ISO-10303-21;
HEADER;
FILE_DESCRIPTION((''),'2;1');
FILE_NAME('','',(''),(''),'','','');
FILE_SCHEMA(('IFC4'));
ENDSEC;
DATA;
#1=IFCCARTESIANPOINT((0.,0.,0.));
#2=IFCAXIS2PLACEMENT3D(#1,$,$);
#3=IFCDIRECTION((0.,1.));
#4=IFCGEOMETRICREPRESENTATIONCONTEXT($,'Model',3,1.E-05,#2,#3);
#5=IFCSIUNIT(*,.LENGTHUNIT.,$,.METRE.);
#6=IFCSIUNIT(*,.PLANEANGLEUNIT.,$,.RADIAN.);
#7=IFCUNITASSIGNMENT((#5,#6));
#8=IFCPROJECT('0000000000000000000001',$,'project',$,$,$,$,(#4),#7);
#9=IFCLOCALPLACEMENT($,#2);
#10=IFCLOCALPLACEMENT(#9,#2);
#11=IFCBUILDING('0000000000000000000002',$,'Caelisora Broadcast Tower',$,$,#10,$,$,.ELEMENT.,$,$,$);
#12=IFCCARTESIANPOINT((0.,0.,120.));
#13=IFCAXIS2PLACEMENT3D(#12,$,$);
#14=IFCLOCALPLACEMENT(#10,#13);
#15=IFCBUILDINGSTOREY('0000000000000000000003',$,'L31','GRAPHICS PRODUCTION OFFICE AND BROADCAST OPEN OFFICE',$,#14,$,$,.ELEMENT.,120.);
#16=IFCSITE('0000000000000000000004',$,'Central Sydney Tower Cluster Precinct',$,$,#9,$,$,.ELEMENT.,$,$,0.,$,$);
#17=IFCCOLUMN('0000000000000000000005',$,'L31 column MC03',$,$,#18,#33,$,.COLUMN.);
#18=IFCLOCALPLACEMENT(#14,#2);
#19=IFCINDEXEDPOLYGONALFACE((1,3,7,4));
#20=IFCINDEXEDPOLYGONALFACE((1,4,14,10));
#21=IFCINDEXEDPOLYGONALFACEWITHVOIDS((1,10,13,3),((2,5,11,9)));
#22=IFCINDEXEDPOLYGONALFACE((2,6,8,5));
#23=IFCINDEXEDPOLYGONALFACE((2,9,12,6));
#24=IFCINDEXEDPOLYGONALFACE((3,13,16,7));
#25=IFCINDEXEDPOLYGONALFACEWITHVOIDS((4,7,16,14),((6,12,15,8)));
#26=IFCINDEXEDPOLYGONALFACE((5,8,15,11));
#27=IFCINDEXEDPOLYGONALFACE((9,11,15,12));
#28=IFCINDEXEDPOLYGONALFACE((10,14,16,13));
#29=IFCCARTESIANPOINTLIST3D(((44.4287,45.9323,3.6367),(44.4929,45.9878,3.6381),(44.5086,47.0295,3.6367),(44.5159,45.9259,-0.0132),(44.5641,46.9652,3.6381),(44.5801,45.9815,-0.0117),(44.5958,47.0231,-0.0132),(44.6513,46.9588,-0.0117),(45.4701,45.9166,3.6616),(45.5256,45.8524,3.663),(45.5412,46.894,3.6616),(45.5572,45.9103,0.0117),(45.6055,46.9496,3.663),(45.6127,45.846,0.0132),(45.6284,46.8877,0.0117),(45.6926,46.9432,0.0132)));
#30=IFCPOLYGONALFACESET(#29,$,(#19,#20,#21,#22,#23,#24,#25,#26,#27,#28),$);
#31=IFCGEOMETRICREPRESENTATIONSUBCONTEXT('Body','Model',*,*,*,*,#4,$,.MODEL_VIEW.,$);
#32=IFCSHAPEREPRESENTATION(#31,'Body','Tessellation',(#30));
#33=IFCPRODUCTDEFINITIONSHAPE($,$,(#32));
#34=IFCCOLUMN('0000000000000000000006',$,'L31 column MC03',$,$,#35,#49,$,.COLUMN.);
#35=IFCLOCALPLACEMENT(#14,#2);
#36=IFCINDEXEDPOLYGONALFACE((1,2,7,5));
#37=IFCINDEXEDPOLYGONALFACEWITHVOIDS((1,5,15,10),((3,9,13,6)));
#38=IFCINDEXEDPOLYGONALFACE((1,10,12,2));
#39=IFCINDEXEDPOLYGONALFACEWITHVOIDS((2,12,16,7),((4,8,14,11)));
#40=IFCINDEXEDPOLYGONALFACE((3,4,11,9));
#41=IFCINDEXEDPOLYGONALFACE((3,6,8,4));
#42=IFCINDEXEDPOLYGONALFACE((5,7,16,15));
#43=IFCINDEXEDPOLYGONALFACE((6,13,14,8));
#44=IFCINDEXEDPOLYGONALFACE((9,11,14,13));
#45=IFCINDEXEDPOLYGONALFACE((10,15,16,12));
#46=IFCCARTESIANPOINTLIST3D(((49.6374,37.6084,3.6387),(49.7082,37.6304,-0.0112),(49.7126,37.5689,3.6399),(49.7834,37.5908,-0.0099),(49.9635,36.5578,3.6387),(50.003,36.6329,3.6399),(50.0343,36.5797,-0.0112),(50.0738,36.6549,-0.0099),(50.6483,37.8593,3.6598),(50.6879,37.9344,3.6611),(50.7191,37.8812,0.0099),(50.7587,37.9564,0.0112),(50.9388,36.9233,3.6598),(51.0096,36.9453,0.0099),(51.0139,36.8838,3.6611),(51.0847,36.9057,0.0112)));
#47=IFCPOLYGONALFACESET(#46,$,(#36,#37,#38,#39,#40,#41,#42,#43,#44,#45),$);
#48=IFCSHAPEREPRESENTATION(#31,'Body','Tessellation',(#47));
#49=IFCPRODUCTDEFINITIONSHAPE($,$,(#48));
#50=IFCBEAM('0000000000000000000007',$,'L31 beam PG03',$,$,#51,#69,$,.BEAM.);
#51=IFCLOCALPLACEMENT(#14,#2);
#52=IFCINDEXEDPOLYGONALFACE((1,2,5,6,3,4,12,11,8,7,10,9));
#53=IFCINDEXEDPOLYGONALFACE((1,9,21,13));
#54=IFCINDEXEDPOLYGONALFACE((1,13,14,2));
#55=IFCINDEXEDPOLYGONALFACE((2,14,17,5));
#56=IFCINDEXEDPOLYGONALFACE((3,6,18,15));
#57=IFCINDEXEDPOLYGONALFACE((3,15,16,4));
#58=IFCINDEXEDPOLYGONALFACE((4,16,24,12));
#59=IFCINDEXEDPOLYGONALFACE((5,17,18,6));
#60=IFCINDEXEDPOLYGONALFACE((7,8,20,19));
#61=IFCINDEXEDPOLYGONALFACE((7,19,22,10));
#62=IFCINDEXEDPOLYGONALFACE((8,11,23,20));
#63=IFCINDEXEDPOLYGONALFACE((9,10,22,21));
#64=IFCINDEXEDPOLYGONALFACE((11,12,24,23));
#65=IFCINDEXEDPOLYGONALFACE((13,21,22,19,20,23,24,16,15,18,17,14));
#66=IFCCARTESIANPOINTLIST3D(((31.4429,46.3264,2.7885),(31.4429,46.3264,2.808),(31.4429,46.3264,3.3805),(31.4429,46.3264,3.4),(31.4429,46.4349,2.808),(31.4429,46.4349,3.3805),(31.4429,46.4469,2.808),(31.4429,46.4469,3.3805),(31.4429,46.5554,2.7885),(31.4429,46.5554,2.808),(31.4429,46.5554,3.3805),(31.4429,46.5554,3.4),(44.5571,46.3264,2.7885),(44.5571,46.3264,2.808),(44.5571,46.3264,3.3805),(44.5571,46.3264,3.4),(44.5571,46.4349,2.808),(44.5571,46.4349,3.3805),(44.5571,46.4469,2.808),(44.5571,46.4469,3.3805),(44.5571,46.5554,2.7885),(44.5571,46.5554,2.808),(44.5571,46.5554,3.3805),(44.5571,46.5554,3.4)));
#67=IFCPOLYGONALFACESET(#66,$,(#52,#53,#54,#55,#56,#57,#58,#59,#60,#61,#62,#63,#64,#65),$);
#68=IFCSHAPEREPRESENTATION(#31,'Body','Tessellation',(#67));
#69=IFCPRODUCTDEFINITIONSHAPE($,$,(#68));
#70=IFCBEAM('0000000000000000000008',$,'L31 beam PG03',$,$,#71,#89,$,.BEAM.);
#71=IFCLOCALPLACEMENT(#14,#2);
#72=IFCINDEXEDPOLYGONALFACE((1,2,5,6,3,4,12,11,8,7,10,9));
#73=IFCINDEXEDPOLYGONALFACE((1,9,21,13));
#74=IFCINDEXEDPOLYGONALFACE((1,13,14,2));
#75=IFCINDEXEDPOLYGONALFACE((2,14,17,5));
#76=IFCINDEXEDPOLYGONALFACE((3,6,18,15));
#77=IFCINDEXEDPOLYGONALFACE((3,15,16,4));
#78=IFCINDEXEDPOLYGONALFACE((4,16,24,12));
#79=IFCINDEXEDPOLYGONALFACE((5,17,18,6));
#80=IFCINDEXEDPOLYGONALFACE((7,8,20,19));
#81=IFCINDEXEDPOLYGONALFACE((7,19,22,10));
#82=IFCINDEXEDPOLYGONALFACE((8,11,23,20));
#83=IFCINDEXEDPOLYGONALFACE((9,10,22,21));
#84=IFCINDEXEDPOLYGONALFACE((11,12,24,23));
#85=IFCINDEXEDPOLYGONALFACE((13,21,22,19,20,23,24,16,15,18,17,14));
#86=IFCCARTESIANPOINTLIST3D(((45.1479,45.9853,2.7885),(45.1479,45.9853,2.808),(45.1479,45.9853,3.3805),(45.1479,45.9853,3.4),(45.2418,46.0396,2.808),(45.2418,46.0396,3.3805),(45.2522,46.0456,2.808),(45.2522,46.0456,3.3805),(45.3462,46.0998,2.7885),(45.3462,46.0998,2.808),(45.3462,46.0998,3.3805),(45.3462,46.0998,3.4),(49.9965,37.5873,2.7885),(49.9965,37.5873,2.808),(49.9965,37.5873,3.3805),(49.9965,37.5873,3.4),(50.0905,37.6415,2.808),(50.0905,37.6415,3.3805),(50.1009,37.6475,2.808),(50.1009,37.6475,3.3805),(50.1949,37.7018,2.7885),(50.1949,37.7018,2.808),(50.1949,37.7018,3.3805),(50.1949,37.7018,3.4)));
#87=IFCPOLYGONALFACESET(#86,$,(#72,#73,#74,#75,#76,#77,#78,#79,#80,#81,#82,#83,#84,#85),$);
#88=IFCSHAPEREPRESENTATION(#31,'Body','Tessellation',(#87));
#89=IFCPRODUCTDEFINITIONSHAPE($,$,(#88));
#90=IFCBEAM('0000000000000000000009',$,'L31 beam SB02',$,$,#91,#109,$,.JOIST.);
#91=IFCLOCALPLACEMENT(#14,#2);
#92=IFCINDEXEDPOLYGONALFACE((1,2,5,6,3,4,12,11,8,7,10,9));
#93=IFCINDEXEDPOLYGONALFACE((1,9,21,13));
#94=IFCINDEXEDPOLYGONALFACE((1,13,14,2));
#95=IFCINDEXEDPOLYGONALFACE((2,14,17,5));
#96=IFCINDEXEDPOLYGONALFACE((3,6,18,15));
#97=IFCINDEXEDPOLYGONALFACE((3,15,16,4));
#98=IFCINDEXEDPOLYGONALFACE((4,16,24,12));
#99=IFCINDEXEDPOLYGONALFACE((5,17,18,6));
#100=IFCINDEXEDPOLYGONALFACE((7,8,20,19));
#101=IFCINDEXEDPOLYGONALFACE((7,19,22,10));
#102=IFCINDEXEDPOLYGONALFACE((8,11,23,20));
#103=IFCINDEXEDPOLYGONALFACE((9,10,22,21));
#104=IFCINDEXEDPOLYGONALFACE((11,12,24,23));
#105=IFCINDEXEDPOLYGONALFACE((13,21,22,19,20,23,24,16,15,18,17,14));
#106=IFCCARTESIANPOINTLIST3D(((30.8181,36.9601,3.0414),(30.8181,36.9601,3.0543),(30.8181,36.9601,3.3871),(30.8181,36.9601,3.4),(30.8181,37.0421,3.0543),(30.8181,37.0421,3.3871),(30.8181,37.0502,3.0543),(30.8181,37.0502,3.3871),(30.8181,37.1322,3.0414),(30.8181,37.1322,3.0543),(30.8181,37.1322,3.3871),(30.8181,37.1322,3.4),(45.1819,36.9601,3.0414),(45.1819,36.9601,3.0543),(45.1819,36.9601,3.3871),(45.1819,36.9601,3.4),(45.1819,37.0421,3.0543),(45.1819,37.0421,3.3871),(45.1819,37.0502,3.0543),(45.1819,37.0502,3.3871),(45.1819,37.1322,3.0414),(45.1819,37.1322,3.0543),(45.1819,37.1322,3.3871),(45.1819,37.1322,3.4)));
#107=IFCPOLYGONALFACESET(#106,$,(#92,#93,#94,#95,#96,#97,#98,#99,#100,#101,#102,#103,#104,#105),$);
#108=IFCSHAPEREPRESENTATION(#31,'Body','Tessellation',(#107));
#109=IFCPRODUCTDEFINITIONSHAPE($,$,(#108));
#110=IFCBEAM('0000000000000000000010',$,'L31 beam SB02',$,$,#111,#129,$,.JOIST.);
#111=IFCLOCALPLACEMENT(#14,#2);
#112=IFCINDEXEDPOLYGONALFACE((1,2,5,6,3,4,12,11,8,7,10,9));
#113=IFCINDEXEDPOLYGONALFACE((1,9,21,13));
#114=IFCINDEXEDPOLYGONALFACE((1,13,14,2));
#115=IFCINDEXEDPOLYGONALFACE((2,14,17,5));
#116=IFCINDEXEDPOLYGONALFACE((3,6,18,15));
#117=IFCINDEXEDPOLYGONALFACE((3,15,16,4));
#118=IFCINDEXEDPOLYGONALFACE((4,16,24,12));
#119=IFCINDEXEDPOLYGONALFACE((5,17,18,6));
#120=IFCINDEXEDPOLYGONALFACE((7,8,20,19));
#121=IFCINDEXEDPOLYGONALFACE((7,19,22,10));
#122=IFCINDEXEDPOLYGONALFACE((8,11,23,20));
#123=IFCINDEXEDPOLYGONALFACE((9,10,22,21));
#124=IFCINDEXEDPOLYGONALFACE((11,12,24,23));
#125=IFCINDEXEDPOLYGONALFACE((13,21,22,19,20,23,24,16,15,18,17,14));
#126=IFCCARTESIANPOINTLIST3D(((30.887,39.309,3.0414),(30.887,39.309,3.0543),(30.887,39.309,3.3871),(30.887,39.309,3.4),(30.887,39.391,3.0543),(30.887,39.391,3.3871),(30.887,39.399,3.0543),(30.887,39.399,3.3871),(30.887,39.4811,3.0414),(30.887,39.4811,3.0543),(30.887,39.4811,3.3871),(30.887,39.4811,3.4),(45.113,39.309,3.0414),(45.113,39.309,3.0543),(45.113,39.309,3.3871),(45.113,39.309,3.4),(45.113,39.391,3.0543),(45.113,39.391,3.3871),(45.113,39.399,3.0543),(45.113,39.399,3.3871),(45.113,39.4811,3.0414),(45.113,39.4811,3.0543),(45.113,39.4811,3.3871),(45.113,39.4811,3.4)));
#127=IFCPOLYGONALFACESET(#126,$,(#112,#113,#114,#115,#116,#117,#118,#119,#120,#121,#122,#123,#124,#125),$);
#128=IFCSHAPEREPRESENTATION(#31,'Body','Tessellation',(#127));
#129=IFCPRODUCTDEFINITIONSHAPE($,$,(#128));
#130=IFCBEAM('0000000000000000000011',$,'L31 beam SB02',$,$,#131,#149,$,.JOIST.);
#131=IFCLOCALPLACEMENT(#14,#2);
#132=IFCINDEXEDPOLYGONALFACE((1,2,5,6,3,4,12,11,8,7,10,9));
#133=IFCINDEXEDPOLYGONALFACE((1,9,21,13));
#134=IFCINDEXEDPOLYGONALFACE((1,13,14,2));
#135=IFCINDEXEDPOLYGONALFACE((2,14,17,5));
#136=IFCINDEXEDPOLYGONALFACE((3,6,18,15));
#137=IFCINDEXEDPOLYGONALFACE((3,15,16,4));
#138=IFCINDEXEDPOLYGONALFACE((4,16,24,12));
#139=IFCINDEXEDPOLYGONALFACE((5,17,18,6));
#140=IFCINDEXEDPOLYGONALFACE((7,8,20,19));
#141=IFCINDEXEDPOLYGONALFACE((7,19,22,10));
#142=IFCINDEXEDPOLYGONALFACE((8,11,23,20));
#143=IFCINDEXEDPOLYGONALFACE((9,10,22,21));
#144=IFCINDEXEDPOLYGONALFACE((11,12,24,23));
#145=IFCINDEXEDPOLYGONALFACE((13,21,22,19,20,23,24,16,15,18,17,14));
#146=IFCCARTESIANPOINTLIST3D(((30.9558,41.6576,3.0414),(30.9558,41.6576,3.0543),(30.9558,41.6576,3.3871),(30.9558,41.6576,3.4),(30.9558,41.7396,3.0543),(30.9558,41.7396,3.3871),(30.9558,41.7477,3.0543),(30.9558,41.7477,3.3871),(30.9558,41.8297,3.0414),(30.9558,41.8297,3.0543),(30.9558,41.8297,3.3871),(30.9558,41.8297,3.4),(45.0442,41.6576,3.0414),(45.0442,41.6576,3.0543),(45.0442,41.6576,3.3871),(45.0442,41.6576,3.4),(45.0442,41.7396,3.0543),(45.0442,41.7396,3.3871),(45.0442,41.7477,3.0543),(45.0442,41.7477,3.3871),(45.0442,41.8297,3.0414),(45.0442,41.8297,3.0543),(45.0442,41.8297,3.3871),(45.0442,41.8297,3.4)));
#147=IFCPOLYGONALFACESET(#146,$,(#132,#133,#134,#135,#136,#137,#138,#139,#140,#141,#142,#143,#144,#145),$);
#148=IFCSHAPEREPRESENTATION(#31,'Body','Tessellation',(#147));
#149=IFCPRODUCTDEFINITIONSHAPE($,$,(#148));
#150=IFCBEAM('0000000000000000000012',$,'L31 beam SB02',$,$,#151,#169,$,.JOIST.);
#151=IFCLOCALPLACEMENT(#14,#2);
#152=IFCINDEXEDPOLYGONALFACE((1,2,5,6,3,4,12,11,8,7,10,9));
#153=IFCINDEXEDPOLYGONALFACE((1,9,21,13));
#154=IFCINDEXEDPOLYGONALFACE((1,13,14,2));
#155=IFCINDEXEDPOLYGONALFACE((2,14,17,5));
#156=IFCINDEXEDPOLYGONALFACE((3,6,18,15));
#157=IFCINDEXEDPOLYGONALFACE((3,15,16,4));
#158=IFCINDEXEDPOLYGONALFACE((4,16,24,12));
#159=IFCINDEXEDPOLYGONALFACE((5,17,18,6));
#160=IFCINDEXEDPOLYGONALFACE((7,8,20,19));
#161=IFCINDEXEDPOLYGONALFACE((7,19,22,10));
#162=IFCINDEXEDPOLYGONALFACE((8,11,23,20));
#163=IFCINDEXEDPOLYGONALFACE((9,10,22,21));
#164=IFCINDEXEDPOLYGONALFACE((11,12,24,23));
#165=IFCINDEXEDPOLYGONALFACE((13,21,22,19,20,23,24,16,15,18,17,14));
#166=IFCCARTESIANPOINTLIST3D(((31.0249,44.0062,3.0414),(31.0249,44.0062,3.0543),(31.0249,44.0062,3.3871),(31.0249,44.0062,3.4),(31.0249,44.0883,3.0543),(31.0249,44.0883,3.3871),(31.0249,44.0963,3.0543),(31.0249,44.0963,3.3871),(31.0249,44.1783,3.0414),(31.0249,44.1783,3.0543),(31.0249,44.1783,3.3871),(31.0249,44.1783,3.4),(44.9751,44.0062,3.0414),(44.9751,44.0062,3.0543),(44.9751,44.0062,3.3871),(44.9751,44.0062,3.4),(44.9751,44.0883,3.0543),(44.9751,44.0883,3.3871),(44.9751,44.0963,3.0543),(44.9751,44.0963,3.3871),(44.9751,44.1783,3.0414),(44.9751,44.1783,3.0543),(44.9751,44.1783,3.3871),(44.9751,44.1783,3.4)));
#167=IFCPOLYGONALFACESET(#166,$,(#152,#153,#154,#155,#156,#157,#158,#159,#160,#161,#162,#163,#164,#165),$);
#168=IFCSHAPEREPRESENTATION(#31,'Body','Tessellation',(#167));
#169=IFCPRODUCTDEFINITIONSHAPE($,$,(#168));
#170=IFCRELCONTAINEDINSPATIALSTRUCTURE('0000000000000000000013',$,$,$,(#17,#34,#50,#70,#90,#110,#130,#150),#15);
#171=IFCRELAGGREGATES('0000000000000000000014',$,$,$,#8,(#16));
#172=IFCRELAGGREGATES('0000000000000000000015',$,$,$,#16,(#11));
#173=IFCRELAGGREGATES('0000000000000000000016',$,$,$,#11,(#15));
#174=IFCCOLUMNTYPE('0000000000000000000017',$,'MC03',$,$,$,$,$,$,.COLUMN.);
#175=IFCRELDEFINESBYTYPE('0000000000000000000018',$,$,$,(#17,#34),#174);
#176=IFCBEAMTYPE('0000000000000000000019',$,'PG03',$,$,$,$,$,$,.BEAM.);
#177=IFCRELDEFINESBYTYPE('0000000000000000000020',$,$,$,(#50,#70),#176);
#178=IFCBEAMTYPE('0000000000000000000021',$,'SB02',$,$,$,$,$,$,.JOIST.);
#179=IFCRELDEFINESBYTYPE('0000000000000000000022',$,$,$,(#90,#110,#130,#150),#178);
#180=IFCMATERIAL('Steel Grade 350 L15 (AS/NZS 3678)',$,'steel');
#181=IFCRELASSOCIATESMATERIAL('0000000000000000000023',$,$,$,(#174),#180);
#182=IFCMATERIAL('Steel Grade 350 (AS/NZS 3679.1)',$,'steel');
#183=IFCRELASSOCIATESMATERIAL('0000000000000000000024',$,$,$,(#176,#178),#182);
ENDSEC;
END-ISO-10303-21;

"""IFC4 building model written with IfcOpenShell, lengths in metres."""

from ifc_helpers import new_model, si_unit, direction, frame, origin, origin_2d, place, context, subcontext, project, spatial, hollow_rectangle, i_section, extrude, source, transform, mapped, material, material_profile, profile_set, type_object, type_shapes, element, save


model = new_model("IFC4")

# Units and contexts
model_context = context("Model", 3, precision=1e-05, world=origin(), true_north=direction((0.0, 1.0)))
body_context = subcontext(model_context, "Body", "Model", "MODEL_VIEW")
ifc_project = project(units=[si_unit("LENGTHUNIT", "METRE"), si_unit("PLANEANGLEUNIT", "RADIAN")], contexts=[model_context])

# Site, building, storey
site_placement = place(None, origin())
site = spatial("IfcSite", under=ifc_project, at=site_placement, Name="Central Sydney Tower Cluster Precinct", CompositionType="ELEMENT", RefElevation=0.0)
building_placement = place(site_placement, origin())
building = spatial("IfcBuilding", under=site, at=building_placement, Name="Caelisora Broadcast Tower", CompositionType="ELEMENT")
storey_placement = place(building_placement, frame((0.0, 0.0, 120.0)))
storey = spatial("IfcBuildingStorey", under=building, at=storey_placement, Name="L31", Description="GRAPHICS PRODUCTION OFFICE AND BROADCAST OPEN OFFICE", CompositionType="ELEMENT", Elevation=120.0)

# Columns
ifc_material_1 = material(Name="Steel Grade 350 L15 (AS/NZS 3678)", Category="steel")
ifc_material_profile_1 = material_profile(ifc_material_1, hollow_rectangle(XDim=1.1001, YDim=1.1001, WallThickness=0.0601, at=origin_2d()), Name="Steel Grade 350 L15 (AS/NZS 3678)")
ifc_profile_set_1 = profile_set([ifc_material_profile_1], Name="Steel Grade 350 L15 (AS/NZS 3678)")
column_type = type_object("IfcColumnType", Name="MC03", PredefinedType="COLUMN", material=ifc_profile_set_1)
shared_shape_1 = source(origin(), body_context, "Body", "SweptSolid", [
    extrude(hollow_rectangle(XDim=1.1001, YDim=1.1001, WallThickness=0.0601, at=origin_2d()), origin(), (0.0, 0.0, 1.0), 3.6509),
])
column_1_placement = place(storey_placement, frame((45.1042, 46.4346, 0.0), z_axis=(-0.023873, 0.001739, 0.999713), x_axis=(-0.072637, -0.997358, 0.0)))
element("IfcColumn", 1, at=column_1_placement, inside=storey, type_object=column_type, Name="L31 column MC03", PredefinedType="COLUMN", context=body_context, shape_type="MappedRepresentation", body=[
    mapped(shared_shape_1, transform((0.0, 0.0, 0.0), scale=1.0)),
])
shared_shape_2 = source(origin(), body_context, "Body", "SweptSolid", [
    extrude(hollow_rectangle(XDim=1.1001, YDim=1.1001, WallThickness=0.0601, at=origin_2d()), origin(), (0.0, 0.0, 1.0), 3.6506),
])
type_shapes(column_type, [shared_shape_1, shared_shape_2])
column_2_placement = place(storey_placement, frame((50.3965, 37.2681, 0.0), z_axis=(-0.019394, -0.006019, 0.999794), x_axis=(0.296399, -0.955064, 0.0)))
element("IfcColumn", 2, at=column_2_placement, inside=storey, type_object=column_type, Name="L31 column MC03", PredefinedType="COLUMN", context=body_context, shape_type="MappedRepresentation", body=[
    mapped(shared_shape_2, transform((0.0, 0.0, 0.0), scale=1.0)),
])

# Beams
ifc_material_2 = material(Name="Steel Grade 350 (AS/NZS 3679.1)", Category="steel")
ifc_material_profile_2 = material_profile(ifc_material_2, i_section(OverallWidth=0.229, OverallDepth=0.6116, WebThickness=0.012, FlangeThickness=0.0195, at=origin_2d()), Name="Steel Grade 350 (AS/NZS 3679.1)")
ifc_profile_set_2 = profile_set([ifc_material_profile_2], Name="Steel Grade 350 (AS/NZS 3679.1)")
beam_type_1 = type_object("IfcBeamType", Name="PG03", PredefinedType="BEAM", material=ifc_profile_set_2)
shared_shape_3 = source(origin(), body_context, "Body", "SweptSolid", [
    extrude(i_section(OverallWidth=0.229, OverallDepth=0.6116, WebThickness=0.012, FlangeThickness=0.0195, at=origin_2d()), origin(), (0.0, 0.0, 1.0), 13.1143),
])
beam_1_placement = place(storey_placement, frame((44.5571, 46.4409, 3.0942), z_axis=(-1.0, 0.0, 0.0), x_axis=(0.0, -1.0, 0.0)))
element("IfcBeam", 3, at=beam_1_placement, inside=storey, type_object=beam_type_1, Name="L31 beam PG03", PredefinedType="BEAM", context=body_context, shape_type="MappedRepresentation", body=[
    mapped(shared_shape_3, transform((0.0, 0.0, 0.0), scale=1.0)),
])
shared_shape_4 = source(origin(), body_context, "Body", "SweptSolid", [
    extrude(i_section(OverallWidth=0.229, OverallDepth=0.6116, WebThickness=0.012, FlangeThickness=0.0195, at=origin_2d()), origin(), (0.0, 0.0, 1.0), 9.6973),
])
type_shapes(beam_type_1, [shared_shape_3, shared_shape_4])
beam_2_placement = place(storey_placement, frame((50.0957, 37.6445, 3.0942), z_axis=(-0.500006, 0.866022, 0.0), x_axis=(-0.866022, -0.500006, 0.0)))
element("IfcBeam", 4, at=beam_2_placement, inside=storey, type_object=beam_type_1, Name="L31 beam PG03", PredefinedType="BEAM", context=body_context, shape_type="MappedRepresentation", body=[
    mapped(shared_shape_4, transform((0.0, 0.0, 0.0), scale=1.0)),
])
ifc_material_profile_3 = material_profile(ifc_material_2, i_section(OverallWidth=0.1721, OverallDepth=0.3586, WebThickness=0.0081, FlangeThickness=0.0129, at=origin_2d()), Name="Steel Grade 350 (AS/NZS 3679.1)")
ifc_profile_set_3 = profile_set([ifc_material_profile_3], Name="Steel Grade 350 (AS/NZS 3679.1)")
beam_type_2 = type_object("IfcBeamType", Name="SB02", PredefinedType="JOIST", material=ifc_profile_set_3)
shared_shape_5 = source(origin(), body_context, "Body", "SweptSolid", [
    extrude(i_section(OverallWidth=0.1721, OverallDepth=0.3586, WebThickness=0.0081, FlangeThickness=0.0129, at=origin_2d()), origin(), (0.0, 0.0, 1.0), 14.3638),
])
beam_3_placement = place(storey_placement, frame((45.1819, 37.0461, 3.2207), z_axis=(-1.0, 0.0, 0.0), x_axis=(0.0, -1.0, 0.0)))
element("IfcBeam", 5, at=beam_3_placement, inside=storey, type_object=beam_type_2, Name="L31 beam SB02", PredefinedType="JOIST", context=body_context, shape_type="MappedRepresentation", body=[
    mapped(shared_shape_5, transform((0.0, 0.0, 0.0), scale=1.0)),
])
shared_shape_6 = source(origin(), body_context, "Body", "SweptSolid", [
    extrude(i_section(OverallWidth=0.1721, OverallDepth=0.3586, WebThickness=0.0081, FlangeThickness=0.0129, at=origin_2d()), origin(), (0.0, 0.0, 1.0), 14.2261),
])
beam_4_placement = place(storey_placement, frame((45.113, 39.395, 3.2207), z_axis=(-1.0, 0.0, 0.0), x_axis=(0.0, -1.0, 0.0)))
element("IfcBeam", 6, at=beam_4_placement, inside=storey, type_object=beam_type_2, Name="L31 beam SB02", PredefinedType="JOIST", context=body_context, shape_type="MappedRepresentation", body=[
    mapped(shared_shape_6, transform((0.0, 0.0, 0.0), scale=1.0)),
])
shared_shape_7 = source(origin(), body_context, "Body", "SweptSolid", [
    extrude(i_section(OverallWidth=0.1721, OverallDepth=0.3586, WebThickness=0.0081, FlangeThickness=0.0129, at=origin_2d()), origin(), (0.0, 0.0, 1.0), 14.0884),
])
beam_5_placement = place(storey_placement, frame((45.0442, 41.7437, 3.2207), z_axis=(-1.0, 0.0, 0.0), x_axis=(0.0, -1.0, 0.0)))
element("IfcBeam", 7, at=beam_5_placement, inside=storey, type_object=beam_type_2, Name="L31 beam SB02", PredefinedType="JOIST", context=body_context, shape_type="MappedRepresentation", body=[
    mapped(shared_shape_7, transform((0.0, 0.0, 0.0), scale=1.0)),
])
shared_shape_8 = source(origin(), body_context, "Body", "SweptSolid", [
    extrude(i_section(OverallWidth=0.1721, OverallDepth=0.3586, WebThickness=0.0081, FlangeThickness=0.0129, at=origin_2d()), origin(), (0.0, 0.0, 1.0), 13.9502),
])
type_shapes(beam_type_2, [shared_shape_5, shared_shape_6, shared_shape_7, shared_shape_8])
beam_6_placement = place(storey_placement, frame((44.9751, 44.0923, 3.2207), z_axis=(-1.0, 0.0, 0.0), x_axis=(0.0, -1.0, 0.0)))
element("IfcBeam", 8, at=beam_6_placement, inside=storey, type_object=beam_type_2, Name="L31 beam SB02", PredefinedType="JOIST", context=body_context, shape_type="MappedRepresentation", body=[
    mapped(shared_shape_8, transform((0.0, 0.0, 0.0), scale=1.0)),
])

save(model, "model.ifc")
